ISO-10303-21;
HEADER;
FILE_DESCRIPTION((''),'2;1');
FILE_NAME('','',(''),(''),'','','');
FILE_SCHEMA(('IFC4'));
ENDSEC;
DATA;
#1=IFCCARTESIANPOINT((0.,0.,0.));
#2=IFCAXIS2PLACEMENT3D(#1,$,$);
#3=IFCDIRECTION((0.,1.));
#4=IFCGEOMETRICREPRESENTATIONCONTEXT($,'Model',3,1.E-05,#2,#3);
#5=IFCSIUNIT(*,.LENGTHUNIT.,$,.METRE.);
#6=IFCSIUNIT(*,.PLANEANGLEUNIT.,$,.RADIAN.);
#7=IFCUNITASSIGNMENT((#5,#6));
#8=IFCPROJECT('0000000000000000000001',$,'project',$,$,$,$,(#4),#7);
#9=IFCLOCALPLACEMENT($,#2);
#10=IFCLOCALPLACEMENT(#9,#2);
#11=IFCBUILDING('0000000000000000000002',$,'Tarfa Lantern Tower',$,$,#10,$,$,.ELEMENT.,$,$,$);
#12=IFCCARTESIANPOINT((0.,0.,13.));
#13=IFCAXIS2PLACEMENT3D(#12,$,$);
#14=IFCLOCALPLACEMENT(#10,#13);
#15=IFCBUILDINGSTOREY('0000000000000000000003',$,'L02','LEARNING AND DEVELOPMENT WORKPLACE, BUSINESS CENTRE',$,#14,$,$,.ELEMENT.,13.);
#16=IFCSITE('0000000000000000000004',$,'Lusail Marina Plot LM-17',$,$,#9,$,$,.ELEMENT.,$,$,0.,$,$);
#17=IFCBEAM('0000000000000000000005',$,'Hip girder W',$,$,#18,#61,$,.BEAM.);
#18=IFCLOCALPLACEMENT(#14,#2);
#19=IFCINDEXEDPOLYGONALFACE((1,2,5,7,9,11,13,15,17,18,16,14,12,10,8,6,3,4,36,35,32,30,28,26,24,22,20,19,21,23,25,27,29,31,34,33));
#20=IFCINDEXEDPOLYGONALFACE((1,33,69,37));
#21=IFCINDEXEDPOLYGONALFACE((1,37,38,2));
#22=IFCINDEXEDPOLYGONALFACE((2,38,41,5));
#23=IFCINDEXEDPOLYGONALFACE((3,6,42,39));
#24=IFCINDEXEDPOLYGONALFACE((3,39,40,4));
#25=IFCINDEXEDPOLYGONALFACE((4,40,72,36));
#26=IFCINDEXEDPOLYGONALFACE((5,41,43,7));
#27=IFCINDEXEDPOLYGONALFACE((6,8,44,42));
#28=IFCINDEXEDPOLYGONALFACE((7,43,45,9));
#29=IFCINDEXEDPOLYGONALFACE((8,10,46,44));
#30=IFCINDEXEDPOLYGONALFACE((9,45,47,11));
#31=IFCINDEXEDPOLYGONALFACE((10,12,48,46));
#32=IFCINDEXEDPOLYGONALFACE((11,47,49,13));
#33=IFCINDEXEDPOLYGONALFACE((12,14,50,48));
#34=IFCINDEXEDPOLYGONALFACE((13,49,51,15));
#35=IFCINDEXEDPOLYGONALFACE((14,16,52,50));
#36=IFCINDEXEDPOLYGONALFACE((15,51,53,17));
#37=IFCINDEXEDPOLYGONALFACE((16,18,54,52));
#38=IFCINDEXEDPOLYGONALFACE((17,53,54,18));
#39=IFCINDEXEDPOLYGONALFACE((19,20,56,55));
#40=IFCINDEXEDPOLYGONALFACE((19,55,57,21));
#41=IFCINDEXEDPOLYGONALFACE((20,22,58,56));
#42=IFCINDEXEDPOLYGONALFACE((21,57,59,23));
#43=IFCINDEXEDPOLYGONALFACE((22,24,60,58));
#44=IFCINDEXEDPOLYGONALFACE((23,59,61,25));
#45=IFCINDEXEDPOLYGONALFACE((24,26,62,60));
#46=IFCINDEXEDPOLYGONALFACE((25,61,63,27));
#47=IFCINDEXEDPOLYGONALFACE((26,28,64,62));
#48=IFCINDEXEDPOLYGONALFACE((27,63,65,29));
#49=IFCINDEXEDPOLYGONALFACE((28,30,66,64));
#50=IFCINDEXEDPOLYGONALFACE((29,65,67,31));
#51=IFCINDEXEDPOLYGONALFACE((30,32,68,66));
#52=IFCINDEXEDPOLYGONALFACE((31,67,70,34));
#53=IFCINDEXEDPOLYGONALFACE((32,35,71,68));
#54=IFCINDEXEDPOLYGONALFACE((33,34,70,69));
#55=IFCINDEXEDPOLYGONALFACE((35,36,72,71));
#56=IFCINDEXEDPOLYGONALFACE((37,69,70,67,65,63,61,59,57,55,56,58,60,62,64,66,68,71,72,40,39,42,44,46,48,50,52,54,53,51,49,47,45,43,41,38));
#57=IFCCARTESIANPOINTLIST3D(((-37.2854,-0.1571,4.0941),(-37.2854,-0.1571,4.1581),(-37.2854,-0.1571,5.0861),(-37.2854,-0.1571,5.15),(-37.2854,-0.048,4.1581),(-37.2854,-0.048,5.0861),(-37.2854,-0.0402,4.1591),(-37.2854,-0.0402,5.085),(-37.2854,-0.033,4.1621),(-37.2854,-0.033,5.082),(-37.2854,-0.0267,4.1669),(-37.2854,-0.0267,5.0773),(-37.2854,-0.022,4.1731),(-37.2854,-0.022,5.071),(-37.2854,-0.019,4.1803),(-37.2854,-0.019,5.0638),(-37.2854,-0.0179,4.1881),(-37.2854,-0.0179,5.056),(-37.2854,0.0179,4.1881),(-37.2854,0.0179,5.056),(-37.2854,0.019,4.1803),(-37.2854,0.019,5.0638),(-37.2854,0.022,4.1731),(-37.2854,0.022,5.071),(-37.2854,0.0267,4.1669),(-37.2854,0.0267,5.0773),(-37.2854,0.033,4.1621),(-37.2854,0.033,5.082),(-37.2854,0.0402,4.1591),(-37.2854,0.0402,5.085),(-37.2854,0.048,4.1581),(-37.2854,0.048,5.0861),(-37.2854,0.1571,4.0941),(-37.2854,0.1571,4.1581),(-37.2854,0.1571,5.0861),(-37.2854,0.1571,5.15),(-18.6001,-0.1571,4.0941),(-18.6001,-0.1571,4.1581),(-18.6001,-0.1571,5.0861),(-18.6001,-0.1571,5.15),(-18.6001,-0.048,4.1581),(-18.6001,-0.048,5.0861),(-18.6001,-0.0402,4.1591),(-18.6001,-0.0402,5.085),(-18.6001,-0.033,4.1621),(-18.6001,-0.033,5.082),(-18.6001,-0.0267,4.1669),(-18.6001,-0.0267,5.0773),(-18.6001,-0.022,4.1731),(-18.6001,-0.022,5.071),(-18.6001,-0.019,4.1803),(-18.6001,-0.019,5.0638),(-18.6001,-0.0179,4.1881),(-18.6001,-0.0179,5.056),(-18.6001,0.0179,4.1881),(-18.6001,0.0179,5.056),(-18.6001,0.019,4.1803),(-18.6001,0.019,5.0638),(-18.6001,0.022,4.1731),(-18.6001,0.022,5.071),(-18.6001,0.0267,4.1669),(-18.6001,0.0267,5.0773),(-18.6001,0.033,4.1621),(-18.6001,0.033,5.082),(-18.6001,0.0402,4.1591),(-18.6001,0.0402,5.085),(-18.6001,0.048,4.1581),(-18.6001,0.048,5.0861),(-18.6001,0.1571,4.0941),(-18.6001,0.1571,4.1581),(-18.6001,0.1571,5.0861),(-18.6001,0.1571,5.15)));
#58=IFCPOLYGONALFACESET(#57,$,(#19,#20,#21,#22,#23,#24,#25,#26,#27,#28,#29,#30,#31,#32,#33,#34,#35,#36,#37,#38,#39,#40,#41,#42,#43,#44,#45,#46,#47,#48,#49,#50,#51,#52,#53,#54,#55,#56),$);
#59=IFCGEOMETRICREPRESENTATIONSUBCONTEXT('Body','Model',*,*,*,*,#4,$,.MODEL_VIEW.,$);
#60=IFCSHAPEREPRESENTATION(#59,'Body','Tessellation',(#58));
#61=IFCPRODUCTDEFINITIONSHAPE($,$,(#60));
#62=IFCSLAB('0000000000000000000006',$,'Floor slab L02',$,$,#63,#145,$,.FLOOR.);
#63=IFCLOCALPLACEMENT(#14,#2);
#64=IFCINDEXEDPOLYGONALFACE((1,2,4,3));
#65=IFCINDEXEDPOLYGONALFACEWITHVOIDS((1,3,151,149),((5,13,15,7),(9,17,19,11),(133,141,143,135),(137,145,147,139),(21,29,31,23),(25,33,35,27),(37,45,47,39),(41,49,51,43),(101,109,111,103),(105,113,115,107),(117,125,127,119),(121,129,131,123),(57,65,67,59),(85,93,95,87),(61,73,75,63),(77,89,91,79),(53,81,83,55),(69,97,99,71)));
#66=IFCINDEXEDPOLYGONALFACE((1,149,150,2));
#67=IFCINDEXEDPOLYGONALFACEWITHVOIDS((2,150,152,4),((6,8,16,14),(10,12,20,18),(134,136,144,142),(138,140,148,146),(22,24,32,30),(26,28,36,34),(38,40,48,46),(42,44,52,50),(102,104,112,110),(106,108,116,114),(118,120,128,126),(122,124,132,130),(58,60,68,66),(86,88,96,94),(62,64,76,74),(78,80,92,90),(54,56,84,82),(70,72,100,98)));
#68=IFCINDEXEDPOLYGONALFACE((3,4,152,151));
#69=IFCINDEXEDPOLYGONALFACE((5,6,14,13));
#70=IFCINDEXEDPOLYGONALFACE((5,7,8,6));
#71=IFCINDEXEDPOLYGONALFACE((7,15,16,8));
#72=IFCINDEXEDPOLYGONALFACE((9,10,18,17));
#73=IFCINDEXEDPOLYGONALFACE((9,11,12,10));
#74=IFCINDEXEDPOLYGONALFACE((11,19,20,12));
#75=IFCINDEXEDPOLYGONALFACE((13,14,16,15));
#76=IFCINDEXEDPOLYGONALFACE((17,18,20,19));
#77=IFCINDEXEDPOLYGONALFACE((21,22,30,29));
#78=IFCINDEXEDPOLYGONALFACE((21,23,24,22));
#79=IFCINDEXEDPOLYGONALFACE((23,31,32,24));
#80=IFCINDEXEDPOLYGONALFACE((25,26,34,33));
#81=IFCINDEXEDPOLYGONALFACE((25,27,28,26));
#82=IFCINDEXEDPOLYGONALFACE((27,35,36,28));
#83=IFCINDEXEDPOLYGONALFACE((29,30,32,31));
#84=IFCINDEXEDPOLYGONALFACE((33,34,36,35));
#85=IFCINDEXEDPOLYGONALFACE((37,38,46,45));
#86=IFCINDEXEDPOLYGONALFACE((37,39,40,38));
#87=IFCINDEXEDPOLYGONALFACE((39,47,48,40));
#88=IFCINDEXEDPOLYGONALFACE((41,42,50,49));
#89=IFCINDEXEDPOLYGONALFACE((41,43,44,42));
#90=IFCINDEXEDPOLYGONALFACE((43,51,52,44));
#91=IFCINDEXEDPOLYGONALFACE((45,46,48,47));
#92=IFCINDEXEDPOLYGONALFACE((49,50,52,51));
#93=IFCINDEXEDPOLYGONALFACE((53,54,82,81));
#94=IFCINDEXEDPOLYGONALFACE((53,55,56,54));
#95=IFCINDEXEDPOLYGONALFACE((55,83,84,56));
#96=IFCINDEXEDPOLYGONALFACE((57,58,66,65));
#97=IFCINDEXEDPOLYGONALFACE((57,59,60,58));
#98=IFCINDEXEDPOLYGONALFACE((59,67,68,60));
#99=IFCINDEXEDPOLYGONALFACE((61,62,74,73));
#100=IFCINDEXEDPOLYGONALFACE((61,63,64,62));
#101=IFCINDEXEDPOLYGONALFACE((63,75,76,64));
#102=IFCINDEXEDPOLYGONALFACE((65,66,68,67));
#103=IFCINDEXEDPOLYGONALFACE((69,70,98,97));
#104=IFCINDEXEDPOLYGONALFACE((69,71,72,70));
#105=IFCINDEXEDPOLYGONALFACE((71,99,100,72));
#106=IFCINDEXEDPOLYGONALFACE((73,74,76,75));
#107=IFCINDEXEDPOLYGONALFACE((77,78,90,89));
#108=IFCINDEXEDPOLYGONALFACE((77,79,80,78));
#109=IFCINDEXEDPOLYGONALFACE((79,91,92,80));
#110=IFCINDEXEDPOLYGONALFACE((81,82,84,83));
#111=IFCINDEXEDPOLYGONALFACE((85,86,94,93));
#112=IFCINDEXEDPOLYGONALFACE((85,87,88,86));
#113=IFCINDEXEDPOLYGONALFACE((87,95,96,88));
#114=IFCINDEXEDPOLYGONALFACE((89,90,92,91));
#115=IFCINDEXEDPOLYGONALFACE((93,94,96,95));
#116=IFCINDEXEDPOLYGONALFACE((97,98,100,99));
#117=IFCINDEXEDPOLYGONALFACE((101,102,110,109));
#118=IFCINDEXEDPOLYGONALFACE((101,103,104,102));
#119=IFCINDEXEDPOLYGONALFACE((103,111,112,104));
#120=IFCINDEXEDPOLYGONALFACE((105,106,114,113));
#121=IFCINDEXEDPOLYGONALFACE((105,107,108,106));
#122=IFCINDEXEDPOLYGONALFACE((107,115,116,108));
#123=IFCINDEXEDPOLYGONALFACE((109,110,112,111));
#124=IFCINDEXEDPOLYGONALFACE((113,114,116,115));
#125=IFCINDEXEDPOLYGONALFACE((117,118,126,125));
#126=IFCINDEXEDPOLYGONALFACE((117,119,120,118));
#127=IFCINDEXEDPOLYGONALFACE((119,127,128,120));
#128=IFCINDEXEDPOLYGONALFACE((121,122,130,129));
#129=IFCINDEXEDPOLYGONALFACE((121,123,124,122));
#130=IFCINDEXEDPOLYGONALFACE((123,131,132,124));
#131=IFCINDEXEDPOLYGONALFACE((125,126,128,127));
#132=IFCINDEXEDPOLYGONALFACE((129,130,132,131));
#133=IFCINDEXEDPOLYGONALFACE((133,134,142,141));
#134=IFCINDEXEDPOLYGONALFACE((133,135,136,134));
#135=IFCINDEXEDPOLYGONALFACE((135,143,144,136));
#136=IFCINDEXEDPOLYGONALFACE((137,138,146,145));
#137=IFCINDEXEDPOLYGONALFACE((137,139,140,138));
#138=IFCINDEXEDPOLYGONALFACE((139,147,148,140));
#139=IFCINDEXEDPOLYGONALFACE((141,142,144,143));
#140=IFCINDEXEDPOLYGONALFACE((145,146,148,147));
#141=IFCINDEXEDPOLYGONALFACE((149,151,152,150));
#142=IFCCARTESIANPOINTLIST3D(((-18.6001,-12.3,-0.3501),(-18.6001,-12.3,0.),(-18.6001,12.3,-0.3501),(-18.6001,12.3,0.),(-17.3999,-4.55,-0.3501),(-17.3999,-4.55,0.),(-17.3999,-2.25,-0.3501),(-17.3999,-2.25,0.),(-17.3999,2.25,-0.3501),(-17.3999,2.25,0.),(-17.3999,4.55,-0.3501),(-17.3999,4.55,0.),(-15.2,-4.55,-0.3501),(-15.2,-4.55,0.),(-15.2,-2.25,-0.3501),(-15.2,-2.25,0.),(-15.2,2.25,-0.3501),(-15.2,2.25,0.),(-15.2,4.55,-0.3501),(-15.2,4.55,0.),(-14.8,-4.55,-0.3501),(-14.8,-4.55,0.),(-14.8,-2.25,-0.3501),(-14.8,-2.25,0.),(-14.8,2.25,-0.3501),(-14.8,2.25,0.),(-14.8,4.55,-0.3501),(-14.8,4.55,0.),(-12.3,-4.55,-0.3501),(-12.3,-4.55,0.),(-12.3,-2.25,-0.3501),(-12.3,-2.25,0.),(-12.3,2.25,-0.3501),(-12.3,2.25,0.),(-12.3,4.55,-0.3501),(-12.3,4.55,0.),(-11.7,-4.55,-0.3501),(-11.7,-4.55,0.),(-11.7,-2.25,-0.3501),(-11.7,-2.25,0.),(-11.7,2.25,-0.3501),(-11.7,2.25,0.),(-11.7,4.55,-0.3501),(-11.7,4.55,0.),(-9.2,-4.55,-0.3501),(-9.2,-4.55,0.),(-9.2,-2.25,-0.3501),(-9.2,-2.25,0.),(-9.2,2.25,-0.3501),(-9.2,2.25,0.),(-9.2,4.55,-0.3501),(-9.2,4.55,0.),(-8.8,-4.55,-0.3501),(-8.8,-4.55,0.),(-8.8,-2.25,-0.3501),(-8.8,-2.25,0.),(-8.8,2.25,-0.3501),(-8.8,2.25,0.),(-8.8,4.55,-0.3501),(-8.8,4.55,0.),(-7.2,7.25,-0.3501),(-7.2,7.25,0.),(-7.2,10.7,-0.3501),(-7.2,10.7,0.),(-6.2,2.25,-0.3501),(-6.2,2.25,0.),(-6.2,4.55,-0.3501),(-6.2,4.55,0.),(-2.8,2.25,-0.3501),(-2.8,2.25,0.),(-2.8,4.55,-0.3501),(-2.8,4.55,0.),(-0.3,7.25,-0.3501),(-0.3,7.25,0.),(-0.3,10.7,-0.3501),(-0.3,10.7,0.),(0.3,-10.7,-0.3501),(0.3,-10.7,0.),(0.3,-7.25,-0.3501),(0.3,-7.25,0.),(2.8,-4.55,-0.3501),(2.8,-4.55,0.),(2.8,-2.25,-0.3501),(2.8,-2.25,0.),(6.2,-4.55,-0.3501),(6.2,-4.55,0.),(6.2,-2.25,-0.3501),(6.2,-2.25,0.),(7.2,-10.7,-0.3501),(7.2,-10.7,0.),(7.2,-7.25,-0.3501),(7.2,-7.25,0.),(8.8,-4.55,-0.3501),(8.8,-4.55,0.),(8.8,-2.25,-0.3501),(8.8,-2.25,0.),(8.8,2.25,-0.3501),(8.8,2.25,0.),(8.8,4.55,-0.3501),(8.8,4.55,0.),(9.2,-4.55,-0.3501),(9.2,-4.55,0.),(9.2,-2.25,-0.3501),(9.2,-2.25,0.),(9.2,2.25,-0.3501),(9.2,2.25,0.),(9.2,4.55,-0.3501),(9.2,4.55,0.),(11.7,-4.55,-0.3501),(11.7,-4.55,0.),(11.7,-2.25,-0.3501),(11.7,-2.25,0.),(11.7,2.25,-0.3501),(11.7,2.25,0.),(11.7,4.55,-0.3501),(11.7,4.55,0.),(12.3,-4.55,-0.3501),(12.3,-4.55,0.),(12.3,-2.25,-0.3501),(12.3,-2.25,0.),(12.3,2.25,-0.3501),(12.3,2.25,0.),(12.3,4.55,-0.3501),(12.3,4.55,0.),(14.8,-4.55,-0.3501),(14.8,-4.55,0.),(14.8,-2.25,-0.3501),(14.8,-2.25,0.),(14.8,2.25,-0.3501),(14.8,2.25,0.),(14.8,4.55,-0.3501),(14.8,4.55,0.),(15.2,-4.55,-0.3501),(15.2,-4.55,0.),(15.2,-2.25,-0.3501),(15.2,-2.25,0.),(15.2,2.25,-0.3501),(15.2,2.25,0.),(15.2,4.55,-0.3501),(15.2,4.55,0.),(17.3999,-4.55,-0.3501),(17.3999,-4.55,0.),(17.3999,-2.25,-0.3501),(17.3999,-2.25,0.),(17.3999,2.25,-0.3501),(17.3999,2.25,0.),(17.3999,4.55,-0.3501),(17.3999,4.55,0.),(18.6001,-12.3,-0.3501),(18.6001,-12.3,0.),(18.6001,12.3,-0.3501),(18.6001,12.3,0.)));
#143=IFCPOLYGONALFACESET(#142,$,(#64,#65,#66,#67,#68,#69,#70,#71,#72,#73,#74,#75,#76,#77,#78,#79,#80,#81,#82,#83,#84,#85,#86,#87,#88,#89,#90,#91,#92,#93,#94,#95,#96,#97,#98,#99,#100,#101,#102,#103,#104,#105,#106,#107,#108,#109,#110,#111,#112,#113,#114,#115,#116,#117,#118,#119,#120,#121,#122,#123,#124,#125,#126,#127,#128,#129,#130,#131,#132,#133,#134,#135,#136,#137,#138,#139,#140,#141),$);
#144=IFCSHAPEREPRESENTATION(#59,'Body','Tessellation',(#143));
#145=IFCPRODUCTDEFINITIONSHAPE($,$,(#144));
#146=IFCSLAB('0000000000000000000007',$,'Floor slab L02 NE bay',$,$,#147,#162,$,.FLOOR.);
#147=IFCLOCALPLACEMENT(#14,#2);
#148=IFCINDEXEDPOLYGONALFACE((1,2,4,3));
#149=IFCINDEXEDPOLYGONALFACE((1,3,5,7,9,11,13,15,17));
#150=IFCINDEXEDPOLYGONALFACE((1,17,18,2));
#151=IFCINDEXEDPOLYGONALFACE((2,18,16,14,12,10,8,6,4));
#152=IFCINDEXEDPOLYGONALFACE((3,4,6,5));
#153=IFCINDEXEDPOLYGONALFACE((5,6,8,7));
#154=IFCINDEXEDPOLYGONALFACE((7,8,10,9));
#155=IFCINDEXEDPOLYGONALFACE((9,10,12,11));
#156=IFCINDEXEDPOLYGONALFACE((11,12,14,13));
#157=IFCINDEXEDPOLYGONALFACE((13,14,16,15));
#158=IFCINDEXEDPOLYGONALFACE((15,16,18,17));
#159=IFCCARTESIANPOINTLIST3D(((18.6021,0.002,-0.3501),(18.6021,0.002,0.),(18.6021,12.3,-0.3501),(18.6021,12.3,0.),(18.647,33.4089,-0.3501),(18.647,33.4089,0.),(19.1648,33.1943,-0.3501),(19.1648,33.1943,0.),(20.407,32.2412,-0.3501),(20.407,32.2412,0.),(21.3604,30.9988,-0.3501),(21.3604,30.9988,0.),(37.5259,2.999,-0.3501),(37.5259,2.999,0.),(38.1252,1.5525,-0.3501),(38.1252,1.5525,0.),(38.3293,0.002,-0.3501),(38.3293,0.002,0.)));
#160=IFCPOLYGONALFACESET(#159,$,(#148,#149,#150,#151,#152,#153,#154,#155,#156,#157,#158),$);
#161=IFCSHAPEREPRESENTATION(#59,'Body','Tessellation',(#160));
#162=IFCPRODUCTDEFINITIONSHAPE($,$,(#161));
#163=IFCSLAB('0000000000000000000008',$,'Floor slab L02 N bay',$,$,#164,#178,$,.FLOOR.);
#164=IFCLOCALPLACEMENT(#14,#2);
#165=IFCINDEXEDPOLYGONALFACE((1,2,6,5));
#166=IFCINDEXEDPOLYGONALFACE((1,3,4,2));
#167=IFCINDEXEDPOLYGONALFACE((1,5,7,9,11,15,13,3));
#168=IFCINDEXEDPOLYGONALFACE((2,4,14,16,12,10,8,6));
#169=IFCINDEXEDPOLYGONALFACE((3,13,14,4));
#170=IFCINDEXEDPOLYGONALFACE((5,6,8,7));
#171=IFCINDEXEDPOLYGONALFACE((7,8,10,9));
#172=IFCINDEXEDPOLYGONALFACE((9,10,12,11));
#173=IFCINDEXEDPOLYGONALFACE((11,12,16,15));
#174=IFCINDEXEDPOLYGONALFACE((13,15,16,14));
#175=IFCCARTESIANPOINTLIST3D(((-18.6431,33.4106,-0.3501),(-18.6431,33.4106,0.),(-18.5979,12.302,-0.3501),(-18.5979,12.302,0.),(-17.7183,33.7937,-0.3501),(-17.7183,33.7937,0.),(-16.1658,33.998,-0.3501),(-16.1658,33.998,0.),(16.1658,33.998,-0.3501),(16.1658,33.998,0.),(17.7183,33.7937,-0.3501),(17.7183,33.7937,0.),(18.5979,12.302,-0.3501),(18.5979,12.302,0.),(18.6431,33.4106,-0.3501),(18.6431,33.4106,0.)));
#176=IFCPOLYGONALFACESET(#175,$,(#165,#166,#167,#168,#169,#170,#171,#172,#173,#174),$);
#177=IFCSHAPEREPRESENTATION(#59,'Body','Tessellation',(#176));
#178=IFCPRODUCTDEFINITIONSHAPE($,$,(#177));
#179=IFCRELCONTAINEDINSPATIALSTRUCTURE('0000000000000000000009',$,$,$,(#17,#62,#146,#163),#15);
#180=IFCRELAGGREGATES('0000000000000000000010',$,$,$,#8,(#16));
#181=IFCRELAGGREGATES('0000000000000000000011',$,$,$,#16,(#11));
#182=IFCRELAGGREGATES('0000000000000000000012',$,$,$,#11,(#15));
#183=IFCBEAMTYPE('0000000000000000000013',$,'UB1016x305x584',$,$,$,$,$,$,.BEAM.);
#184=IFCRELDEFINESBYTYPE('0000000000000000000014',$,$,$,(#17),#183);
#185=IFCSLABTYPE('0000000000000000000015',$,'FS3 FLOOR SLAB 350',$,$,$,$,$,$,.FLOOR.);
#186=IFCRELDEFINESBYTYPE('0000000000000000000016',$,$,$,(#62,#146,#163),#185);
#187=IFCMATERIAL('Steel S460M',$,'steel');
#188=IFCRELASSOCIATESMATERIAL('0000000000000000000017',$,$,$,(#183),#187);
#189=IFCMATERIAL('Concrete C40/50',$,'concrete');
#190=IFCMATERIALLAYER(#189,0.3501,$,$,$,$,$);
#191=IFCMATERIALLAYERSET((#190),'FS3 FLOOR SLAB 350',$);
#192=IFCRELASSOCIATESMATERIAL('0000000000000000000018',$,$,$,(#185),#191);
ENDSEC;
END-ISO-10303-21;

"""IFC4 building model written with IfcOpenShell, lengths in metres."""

from ifc_helpers import new_model, si_unit, direction, frame, origin, origin_2d, place, context, subcontext, project, spatial, polyline, i_section, outline, extrude, material, layer, layer_set, material_profile, profile_set, type_object, element, save


model = new_model("IFC4")

# Units and contexts
model_context = context("Model", 3, precision=1e-05, world=origin(), true_north=direction((0.0, 1.0)))
body_context = subcontext(model_context, "Body", "Model", "MODEL_VIEW")
ifc_project = project(units=[si_unit("LENGTHUNIT", "METRE"), si_unit("PLANEANGLEUNIT", "RADIAN")], contexts=[model_context])

# Site, building, storey
site_placement = place(None, origin())
site = spatial("IfcSite", under=ifc_project, at=site_placement, Name="Lusail Marina Plot LM-17", CompositionType="ELEMENT", RefElevation=0.0)
building_placement = place(site_placement, origin())
building = spatial("IfcBuilding", under=site, at=building_placement, Name="Tarfa Lantern Tower", CompositionType="ELEMENT")
storey_placement = place(building_placement, frame((0.0, 0.0, 13.0)))
storey = spatial("IfcBuildingStorey", under=building, at=storey_placement, Name="L02", Description="LEARNING AND DEVELOPMENT WORKPLACE, BUSINESS CENTRE", CompositionType="ELEMENT", Elevation=13.0)

# Beam
ifc_material_1 = material(Name="Steel S460M", Category="steel")
ifc_material_profile = material_profile(ifc_material_1, i_section(OverallWidth=0.3142, OverallDepth=1.0559, WebThickness=0.0359, FlangeThickness=0.064, FilletRadius=0.03, at=origin_2d()), Name="UB1016x305x584")
ifc_profile_set = profile_set([ifc_material_profile], Name="Steel S460M")
beam_type = type_object("IfcBeamType", Name="UB1016x305x584", PredefinedType="BEAM", material=ifc_profile_set)
beam_placement = place(storey_placement, frame((-18.6001, 0.0, 4.6221), z_axis=(-1.0, 0.0, 0.0), x_axis=(0.0, -1.0, 0.0)))
element("IfcBeam", 1, at=beam_placement, inside=storey, type_object=beam_type, Name="Hip girder W", PredefinedType="BEAM", context=body_context, shape_type="SweptSolid", body=[
    extrude(i_section(OverallWidth=0.3142, OverallDepth=1.0559, WebThickness=0.0359, FlangeThickness=0.064, FilletRadius=0.03, at=origin_2d()), origin(), (0.0, 0.0, 1.0), 18.6853),
])

# Slabs
ifc_material_2 = material(Name="Concrete C40/50", Category="concrete")
ifc_layer_1 = layer(ifc_material_2, 0.3501)
ifc_layer_set_1 = layer_set([ifc_layer_1], Name="FS3 FLOOR SLAB 350")
slab_type = type_object("IfcSlabType", Name="FS3 FLOOR SLAB 350", PredefinedType="FLOOR", material=ifc_layer_set_1)
slab_1_placement = place(storey_placement, frame((0.0, 0.0, -0.3501)))
element("IfcSlab", 2, at=slab_1_placement, inside=storey, type_object=slab_type, Name="Floor slab L02", PredefinedType="FLOOR", context=body_context, shape_type="SweptSolid", body=[
    extrude(outline(polyline([(-18.6001, -12.3), (18.6001, -12.3), (18.6001, 12.3), (-18.6001, 12.3), (-18.6001, -12.3)]), holes=[polyline([(-17.3999, 2.25), (-15.2, 2.25), (-15.2, 4.55), (-17.3999, 4.55), (-17.3999, 2.25)]), polyline([(-14.8, 2.25), (-12.3, 2.25), (-12.3, 4.55), (-14.8, 4.55), (-14.8, 2.25)]), polyline([(-11.7, 2.25), (-9.2, 2.25), (-9.2, 4.55), (-11.7, 4.55), (-11.7, 2.25)]), polyline([(-8.8, 2.25), (-6.2, 2.25), (-6.2, 4.55), (-8.8, 4.55), (-8.8, 2.25)]), polyline([(-2.8, 2.25), (8.8, 2.25), (8.8, 4.55), (-2.8, 4.55), (-2.8, 2.25)]), polyline([(9.2, 2.25), (11.7, 2.25), (11.7, 4.55), (9.2, 4.55), (9.2, 2.25)]), polyline([(12.3, 2.25), (14.8, 2.25), (14.8, 4.55), (12.3, 4.55), (12.3, 2.25)]), polyline([(15.2, 2.25), (17.3999, 2.25), (17.3999, 4.55), (15.2, 4.55), (15.2, 2.25)]), polyline([(17.3999, -2.25), (15.2, -2.25), (15.2, -4.55), (17.3999, -4.55), (17.3999, -2.25)]), polyline([(14.8, -2.25), (12.3, -2.25), (12.3, -4.55), (14.8, -4.55), (14.8, -2.25)]), polyline([(11.7, -2.25), (9.2, -2.25), (9.2, -4.55), (11.7, -4.55), (11.7, -2.25)]), polyline([(8.8, -2.25), (6.2, -2.25), (6.2, -4.55), (8.8, -4.55), (8.8, -2.25)]), polyline([(2.8, -2.25), (-8.8, -2.25), (-8.8, -4.55), (2.8, -4.55), (2.8, -2.25)]), polyline([(-9.2, -2.25), (-11.7, -2.25), (-11.7, -4.55), (-9.2, -4.55), (-9.2, -2.25)]), polyline([(-12.3, -2.25), (-14.8, -2.25), (-14.8, -4.55), (-12.3, -4.55), (-12.3, -2.25)]), polyline([(-15.2, -2.25), (-17.3999, -2.25), (-17.3999, -4.55), (-15.2, -4.55), (-15.2, -2.25)]), polyline([(-7.2, 7.25), (-0.3, 7.25), (-0.3, 10.7), (-7.2, 10.7), (-7.2, 7.25)]), polyline([(7.2, -7.25), (0.3, -7.25), (0.3, -10.7), (7.2, -10.7), (7.2, -7.25)])]), origin(), (0.0, 0.0, 1.0), 0.3501),
])
slab_2_placement = place(storey_placement, frame((0.0, 0.0, -0.3501)))
element("IfcSlab", 3, at=slab_2_placement, inside=storey, type_object=slab_type, Name="Floor slab L02 NE bay", PredefinedType="FLOOR", context=body_context, shape_type="SweptSolid", body=[
    extrude(outline(polyline([(37.5259, 2.999), (21.3604, 30.9988), (20.407, 32.2412), (19.1648, 33.1943), (18.647, 33.4089), (18.6021, 12.3), (18.6021, 0.002), (38.3293, 0.002), (38.1252, 1.5525), (37.5259, 2.999)])), origin(), (0.0, 0.0, 1.0), 0.3501),
])
slab_3_placement = place(storey_placement, frame((0.0, 0.0, -0.3501)))
element("IfcSlab", 4, at=slab_3_placement, inside=storey, type_object=slab_type, Name="Floor slab L02 N bay", PredefinedType="FLOOR", context=body_context, shape_type="SweptSolid", body=[
    extrude(outline(polyline([(-18.5979, 12.302), (18.5979, 12.302), (18.6431, 33.4106), (17.7183, 33.7937), (16.1658, 33.998), (-16.1658, 33.998), (-17.7183, 33.7937), (-18.6431, 33.4106), (-18.5979, 12.302)])), origin(), (0.0, 0.0, 1.0), 0.3501),
])

save(model, "model.ifc")
